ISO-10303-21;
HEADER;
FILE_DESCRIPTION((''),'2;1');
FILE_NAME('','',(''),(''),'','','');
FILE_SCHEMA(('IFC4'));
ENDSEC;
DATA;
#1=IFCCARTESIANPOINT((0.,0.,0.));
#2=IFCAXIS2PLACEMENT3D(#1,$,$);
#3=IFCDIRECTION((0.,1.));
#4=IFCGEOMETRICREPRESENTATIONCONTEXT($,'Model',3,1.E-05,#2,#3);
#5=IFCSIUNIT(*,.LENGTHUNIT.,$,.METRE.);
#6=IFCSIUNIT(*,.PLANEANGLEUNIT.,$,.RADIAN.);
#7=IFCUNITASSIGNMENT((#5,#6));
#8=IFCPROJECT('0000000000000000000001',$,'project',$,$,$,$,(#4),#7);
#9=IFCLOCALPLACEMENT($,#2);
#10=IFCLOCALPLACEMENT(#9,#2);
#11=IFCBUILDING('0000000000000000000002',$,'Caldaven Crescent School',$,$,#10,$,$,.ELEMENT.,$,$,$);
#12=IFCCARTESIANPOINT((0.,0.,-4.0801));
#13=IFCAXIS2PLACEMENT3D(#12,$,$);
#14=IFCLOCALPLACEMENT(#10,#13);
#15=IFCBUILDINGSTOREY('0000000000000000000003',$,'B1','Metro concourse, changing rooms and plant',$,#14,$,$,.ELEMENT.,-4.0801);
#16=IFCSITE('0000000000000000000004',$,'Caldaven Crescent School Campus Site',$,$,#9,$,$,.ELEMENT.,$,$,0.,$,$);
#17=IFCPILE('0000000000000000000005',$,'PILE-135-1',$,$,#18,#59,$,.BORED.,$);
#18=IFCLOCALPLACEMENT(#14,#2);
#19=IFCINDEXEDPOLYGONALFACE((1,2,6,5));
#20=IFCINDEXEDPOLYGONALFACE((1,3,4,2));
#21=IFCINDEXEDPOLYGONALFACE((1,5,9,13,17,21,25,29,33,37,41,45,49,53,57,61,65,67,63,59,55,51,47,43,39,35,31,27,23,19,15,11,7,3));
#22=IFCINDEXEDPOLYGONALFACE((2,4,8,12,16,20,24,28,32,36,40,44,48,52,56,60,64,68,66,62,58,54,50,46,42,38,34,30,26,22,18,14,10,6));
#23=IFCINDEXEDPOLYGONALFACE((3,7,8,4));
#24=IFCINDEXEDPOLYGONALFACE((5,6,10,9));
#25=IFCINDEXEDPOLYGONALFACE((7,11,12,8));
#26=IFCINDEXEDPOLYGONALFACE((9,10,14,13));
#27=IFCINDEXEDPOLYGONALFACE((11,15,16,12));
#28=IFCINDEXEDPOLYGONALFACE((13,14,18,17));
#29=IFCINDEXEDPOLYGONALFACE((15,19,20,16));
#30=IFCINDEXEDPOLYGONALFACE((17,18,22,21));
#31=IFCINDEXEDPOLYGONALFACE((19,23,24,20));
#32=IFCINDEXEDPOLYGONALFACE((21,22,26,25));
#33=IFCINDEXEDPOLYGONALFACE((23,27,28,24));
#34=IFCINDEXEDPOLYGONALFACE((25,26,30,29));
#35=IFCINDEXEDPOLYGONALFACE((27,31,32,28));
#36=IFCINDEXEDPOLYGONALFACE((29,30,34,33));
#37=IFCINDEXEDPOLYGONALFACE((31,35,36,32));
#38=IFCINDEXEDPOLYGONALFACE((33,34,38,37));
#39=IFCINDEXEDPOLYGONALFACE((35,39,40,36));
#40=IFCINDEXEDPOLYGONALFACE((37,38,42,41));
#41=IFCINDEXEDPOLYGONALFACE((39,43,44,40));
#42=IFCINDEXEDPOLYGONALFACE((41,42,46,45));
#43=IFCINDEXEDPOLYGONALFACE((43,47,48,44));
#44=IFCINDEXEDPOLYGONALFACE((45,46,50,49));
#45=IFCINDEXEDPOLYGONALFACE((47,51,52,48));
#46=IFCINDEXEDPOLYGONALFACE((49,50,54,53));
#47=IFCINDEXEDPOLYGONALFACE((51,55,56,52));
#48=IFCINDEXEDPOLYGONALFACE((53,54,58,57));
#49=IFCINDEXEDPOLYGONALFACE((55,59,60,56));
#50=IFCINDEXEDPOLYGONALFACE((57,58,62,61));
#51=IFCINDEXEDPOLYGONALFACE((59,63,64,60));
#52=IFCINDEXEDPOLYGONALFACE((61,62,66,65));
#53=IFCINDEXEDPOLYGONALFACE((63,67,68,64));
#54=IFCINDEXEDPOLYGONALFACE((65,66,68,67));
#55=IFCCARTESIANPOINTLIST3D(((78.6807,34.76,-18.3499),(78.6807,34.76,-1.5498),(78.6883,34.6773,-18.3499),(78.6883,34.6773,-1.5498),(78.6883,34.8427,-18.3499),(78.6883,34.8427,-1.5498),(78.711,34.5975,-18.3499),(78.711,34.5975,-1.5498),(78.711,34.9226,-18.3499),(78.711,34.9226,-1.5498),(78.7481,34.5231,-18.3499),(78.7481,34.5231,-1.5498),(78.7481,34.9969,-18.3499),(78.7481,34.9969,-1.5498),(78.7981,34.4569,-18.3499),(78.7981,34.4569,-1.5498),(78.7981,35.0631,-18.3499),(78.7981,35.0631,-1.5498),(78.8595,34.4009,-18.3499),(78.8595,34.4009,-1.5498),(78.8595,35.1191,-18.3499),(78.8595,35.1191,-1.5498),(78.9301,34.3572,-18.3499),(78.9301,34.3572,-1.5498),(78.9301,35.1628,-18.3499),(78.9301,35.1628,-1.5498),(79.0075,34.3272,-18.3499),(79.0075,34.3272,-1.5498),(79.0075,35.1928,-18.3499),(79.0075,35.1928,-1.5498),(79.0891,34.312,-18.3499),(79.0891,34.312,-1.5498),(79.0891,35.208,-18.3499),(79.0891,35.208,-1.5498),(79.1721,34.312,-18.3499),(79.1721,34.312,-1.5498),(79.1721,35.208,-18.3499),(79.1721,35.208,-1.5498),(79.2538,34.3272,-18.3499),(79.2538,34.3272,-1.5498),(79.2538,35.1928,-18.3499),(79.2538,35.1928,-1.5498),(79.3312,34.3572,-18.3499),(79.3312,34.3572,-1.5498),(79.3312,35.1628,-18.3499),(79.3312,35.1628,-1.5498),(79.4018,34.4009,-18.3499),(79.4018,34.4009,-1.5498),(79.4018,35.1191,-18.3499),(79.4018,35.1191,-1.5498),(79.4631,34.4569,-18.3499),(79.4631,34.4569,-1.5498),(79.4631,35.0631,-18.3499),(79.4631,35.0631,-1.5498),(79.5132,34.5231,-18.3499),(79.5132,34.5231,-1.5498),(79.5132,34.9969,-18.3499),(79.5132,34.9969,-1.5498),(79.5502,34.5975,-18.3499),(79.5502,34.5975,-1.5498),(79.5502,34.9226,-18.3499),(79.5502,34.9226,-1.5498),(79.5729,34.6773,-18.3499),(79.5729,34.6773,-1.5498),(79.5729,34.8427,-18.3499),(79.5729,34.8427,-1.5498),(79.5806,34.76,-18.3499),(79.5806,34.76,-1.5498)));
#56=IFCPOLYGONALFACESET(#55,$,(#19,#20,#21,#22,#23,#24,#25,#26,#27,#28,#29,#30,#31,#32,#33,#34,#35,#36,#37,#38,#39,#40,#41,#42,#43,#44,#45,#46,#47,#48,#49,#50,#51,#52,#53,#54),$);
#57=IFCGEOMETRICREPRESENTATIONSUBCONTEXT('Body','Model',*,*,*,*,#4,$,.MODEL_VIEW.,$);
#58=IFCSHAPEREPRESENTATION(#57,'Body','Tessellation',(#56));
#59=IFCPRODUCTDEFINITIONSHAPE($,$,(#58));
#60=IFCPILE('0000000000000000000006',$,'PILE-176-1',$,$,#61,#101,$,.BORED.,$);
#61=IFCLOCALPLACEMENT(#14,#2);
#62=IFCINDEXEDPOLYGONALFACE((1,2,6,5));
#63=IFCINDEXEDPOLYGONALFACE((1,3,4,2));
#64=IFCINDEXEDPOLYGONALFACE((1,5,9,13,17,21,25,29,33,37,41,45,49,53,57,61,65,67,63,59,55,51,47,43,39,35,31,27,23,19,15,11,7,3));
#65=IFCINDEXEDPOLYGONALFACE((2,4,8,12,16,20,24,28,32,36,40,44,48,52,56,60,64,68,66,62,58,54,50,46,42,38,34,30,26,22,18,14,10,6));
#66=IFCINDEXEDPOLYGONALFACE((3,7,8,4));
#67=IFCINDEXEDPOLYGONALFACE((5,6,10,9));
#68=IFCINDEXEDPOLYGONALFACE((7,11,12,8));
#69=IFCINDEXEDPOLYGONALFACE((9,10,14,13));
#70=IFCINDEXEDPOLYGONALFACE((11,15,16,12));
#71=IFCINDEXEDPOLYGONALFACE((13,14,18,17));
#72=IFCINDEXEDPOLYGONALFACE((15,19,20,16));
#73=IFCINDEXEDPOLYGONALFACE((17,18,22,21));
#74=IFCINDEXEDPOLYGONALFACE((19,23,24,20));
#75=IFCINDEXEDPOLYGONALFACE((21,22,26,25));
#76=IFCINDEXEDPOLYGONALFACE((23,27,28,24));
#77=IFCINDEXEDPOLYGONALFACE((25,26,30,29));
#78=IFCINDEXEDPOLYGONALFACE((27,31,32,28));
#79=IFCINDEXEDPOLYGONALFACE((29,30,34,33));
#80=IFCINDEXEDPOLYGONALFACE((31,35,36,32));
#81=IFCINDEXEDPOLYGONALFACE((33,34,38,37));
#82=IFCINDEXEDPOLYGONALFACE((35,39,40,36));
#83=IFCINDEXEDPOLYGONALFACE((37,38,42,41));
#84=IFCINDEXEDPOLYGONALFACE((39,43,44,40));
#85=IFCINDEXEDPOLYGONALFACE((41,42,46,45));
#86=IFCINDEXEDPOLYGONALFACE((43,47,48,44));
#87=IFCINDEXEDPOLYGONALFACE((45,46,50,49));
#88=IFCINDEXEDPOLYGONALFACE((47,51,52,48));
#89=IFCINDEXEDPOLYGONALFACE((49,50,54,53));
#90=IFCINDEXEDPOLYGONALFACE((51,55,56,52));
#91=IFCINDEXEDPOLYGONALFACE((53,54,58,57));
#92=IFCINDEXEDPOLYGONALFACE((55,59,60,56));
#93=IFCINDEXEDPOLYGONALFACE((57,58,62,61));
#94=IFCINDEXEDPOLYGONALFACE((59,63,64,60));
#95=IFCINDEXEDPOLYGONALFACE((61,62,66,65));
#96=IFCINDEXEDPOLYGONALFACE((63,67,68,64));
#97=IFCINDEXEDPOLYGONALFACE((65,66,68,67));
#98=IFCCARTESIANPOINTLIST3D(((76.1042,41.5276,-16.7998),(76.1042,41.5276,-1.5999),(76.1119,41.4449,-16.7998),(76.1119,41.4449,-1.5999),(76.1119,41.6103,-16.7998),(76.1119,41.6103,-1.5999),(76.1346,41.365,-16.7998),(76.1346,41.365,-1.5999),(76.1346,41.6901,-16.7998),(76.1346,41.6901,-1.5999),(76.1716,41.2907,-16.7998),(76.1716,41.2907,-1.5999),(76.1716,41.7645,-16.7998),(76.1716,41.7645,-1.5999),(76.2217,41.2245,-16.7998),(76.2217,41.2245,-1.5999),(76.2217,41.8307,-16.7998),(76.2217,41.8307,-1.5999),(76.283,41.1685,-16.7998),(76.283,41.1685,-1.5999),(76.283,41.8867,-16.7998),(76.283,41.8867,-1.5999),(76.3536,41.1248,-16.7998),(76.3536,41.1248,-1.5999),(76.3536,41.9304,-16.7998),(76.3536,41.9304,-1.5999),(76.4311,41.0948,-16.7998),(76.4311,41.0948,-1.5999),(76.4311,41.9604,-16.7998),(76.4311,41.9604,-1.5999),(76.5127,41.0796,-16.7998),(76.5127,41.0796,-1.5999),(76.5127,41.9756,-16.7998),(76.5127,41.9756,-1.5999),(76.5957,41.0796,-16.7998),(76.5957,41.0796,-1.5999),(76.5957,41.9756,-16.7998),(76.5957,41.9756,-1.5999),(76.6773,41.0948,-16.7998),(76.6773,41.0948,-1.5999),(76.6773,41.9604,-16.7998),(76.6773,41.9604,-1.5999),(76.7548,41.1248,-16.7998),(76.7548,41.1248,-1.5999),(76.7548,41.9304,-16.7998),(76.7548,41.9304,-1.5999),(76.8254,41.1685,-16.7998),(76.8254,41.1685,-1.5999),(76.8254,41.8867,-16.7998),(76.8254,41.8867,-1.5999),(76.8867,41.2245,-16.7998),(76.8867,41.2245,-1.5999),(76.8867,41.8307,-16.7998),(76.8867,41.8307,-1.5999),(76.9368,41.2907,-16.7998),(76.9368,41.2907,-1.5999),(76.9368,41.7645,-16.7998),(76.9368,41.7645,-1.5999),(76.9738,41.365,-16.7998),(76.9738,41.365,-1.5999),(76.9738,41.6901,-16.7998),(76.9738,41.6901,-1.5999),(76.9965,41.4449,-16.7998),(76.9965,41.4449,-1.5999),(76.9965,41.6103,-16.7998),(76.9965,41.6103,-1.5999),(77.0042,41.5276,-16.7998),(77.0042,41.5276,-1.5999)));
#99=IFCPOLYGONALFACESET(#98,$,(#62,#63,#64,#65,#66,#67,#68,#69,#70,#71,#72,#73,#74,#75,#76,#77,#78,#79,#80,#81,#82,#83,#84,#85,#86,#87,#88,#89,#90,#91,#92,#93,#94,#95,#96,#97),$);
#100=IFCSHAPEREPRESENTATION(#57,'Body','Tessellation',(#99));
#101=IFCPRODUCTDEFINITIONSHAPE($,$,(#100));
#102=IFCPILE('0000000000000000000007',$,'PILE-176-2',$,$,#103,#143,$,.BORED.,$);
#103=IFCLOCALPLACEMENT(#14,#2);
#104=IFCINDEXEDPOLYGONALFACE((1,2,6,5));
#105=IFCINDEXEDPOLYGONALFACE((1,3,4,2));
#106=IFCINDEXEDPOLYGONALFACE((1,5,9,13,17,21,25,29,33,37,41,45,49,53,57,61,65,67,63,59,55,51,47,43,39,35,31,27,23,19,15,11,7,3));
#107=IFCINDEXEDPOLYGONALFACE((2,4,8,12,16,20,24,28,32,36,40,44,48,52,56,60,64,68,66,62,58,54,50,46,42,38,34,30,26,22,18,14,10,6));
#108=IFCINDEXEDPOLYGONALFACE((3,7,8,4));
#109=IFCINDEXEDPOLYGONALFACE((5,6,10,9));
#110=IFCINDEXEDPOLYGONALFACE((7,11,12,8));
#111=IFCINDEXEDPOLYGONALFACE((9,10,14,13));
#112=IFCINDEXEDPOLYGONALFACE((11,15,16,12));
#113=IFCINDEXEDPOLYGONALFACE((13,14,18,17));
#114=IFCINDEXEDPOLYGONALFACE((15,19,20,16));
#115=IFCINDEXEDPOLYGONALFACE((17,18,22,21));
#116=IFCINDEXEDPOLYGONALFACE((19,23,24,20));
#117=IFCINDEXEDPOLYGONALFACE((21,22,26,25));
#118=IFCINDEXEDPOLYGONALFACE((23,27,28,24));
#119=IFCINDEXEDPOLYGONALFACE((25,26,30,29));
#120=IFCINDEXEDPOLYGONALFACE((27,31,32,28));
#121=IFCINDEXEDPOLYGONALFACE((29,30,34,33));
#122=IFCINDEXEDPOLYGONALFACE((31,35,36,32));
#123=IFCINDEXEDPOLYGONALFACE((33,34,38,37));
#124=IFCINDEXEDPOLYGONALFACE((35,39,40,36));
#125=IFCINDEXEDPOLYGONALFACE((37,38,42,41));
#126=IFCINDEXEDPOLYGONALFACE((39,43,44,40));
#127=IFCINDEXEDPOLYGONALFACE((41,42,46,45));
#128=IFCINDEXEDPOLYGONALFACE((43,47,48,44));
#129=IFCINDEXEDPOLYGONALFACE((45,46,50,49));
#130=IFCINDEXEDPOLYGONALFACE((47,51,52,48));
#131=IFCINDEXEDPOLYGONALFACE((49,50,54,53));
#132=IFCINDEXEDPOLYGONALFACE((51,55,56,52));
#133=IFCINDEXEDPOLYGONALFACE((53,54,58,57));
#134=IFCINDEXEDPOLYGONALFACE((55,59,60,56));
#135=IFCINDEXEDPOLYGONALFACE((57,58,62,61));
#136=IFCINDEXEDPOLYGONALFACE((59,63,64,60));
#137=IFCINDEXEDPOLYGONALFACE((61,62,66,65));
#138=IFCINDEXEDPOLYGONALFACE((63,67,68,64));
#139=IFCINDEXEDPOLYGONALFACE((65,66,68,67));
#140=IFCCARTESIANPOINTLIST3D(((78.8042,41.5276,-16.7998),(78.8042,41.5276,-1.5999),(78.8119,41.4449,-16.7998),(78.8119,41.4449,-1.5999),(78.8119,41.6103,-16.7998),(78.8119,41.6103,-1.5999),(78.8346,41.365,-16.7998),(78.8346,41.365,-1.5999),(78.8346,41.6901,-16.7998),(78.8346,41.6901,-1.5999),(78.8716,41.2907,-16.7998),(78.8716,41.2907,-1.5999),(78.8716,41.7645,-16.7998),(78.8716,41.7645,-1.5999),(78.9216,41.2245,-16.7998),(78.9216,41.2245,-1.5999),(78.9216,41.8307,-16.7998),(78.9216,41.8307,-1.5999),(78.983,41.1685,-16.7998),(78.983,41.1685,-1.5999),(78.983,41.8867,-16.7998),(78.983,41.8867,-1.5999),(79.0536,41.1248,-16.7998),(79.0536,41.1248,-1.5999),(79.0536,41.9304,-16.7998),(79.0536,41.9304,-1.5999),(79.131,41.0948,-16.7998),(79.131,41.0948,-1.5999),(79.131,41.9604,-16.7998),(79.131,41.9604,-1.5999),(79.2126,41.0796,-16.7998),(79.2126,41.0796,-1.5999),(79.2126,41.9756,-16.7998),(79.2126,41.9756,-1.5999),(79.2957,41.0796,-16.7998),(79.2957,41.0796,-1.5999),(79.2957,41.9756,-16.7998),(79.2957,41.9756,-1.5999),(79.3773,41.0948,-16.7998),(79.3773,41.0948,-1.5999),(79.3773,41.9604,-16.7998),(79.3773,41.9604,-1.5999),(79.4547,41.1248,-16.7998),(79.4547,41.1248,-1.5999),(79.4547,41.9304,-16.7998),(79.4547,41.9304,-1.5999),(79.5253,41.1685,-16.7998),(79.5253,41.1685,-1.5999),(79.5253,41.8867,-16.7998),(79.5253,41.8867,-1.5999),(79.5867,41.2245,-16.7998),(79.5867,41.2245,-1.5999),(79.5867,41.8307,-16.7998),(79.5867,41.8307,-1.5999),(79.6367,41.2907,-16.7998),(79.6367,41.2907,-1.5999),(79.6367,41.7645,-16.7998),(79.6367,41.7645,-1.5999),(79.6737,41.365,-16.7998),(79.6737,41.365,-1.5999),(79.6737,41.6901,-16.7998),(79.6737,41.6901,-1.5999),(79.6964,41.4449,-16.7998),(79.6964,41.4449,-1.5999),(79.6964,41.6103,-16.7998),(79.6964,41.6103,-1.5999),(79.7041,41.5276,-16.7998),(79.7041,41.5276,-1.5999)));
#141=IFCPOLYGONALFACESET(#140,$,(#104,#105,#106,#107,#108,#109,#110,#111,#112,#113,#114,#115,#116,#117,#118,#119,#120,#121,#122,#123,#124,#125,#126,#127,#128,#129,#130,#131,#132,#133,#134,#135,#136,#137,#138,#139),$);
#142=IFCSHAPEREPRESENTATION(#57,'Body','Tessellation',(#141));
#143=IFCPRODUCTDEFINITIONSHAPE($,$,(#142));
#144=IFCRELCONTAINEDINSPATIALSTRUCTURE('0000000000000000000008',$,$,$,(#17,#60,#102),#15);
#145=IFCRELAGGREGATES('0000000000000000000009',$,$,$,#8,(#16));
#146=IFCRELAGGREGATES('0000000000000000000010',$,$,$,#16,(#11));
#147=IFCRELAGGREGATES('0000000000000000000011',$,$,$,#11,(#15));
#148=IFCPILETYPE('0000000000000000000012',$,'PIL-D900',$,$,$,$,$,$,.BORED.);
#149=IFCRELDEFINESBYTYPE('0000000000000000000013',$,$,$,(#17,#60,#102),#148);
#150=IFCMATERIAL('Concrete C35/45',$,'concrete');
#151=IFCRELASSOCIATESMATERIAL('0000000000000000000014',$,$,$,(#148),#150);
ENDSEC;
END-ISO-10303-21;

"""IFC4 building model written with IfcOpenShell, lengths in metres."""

from ifc_helpers import new_model, si_unit, direction, frame, origin, origin_2d, place, context, subcontext, project, spatial, circle, extrude, material, material_profile, profile_set, type_object, element, save


model = new_model("IFC4")

# Units and contexts
model_context = context("Model", 3, precision=1e-05, world=origin(), true_north=direction((0.0, 1.0)))
body_context = subcontext(model_context, "Body", "Model", "MODEL_VIEW")
ifc_project = project(units=[si_unit("LENGTHUNIT", "METRE"), si_unit("PLANEANGLEUNIT", "RADIAN")], contexts=[model_context])

# Site, building, storey
site_placement = place(None, origin())
site = spatial("IfcSite", under=ifc_project, at=site_placement, Name="Caldaven Crescent School Campus Site", CompositionType="ELEMENT", RefElevation=0.0)
building_placement = place(site_placement, origin())
building = spatial("IfcBuilding", under=site, at=building_placement, Name="Caldaven Crescent School", CompositionType="ELEMENT")
storey_placement = place(building_placement, frame((0.0, 0.0, -4.0801)))
storey = spatial("IfcBuildingStorey", under=building, at=storey_placement, Name="B1", Description="Metro concourse, changing rooms and plant", CompositionType="ELEMENT", Elevation=-4.0801)

# Shared definitions
ifc_material_1 = material(Name="Concrete C35/45", Category="concrete")

# Piles
ifc_material_profile_1 = material_profile(ifc_material_1, circle(Radius=0.45, at=origin_2d()), Name="PILE D900")
ifc_profile_set_1 = profile_set([ifc_material_profile_1], Name="Concrete C35/45")
pile_type_1 = type_object("IfcPileType", Name="PIL-D900", PredefinedType="BORED", material=ifc_profile_set_1)
pile_1_placement = place(storey_placement, frame((79.1306, 34.76, -1.5498), z_axis=(0.0, 0.0, -1.0), x_axis=(1.0, 0.0, 0.0)))
element("IfcPile", 1, at=pile_1_placement, inside=storey, type_object=pile_type_1, Name="PILE-135-1", PredefinedType="BORED", context=body_context, shape_type="SweptSolid", body=[
    extrude(circle(Radius=0.45, at=origin_2d()), origin(), (0.0, 0.0, 1.0), 16.8),
])
for number, where, z_axis, x_axis, name in (
    (2, (76.5542, 41.5276, -1.5999), (0.0, 0.0, -1.0), (1.0, 0.0, 0.0), "PILE-176-1"),
    (3, (79.2542, 41.5276, -1.5999), (0.0, 0.0, -1.0), (1.0, 0.0, 0.0), "PILE-176-2"),
):
    element("IfcPile", number, at=place(storey_placement, frame(where, z_axis=z_axis, x_axis=x_axis)), inside=storey, type_object=pile_type_1, Name=name, PredefinedType="BORED", context=body_context, shape_type="SweptSolid", body=[
        extrude(circle(Radius=0.45, at=origin_2d()), origin(), (0.0, 0.0, 1.0), 15.2),
    ])

save(model, "model.ifc")
